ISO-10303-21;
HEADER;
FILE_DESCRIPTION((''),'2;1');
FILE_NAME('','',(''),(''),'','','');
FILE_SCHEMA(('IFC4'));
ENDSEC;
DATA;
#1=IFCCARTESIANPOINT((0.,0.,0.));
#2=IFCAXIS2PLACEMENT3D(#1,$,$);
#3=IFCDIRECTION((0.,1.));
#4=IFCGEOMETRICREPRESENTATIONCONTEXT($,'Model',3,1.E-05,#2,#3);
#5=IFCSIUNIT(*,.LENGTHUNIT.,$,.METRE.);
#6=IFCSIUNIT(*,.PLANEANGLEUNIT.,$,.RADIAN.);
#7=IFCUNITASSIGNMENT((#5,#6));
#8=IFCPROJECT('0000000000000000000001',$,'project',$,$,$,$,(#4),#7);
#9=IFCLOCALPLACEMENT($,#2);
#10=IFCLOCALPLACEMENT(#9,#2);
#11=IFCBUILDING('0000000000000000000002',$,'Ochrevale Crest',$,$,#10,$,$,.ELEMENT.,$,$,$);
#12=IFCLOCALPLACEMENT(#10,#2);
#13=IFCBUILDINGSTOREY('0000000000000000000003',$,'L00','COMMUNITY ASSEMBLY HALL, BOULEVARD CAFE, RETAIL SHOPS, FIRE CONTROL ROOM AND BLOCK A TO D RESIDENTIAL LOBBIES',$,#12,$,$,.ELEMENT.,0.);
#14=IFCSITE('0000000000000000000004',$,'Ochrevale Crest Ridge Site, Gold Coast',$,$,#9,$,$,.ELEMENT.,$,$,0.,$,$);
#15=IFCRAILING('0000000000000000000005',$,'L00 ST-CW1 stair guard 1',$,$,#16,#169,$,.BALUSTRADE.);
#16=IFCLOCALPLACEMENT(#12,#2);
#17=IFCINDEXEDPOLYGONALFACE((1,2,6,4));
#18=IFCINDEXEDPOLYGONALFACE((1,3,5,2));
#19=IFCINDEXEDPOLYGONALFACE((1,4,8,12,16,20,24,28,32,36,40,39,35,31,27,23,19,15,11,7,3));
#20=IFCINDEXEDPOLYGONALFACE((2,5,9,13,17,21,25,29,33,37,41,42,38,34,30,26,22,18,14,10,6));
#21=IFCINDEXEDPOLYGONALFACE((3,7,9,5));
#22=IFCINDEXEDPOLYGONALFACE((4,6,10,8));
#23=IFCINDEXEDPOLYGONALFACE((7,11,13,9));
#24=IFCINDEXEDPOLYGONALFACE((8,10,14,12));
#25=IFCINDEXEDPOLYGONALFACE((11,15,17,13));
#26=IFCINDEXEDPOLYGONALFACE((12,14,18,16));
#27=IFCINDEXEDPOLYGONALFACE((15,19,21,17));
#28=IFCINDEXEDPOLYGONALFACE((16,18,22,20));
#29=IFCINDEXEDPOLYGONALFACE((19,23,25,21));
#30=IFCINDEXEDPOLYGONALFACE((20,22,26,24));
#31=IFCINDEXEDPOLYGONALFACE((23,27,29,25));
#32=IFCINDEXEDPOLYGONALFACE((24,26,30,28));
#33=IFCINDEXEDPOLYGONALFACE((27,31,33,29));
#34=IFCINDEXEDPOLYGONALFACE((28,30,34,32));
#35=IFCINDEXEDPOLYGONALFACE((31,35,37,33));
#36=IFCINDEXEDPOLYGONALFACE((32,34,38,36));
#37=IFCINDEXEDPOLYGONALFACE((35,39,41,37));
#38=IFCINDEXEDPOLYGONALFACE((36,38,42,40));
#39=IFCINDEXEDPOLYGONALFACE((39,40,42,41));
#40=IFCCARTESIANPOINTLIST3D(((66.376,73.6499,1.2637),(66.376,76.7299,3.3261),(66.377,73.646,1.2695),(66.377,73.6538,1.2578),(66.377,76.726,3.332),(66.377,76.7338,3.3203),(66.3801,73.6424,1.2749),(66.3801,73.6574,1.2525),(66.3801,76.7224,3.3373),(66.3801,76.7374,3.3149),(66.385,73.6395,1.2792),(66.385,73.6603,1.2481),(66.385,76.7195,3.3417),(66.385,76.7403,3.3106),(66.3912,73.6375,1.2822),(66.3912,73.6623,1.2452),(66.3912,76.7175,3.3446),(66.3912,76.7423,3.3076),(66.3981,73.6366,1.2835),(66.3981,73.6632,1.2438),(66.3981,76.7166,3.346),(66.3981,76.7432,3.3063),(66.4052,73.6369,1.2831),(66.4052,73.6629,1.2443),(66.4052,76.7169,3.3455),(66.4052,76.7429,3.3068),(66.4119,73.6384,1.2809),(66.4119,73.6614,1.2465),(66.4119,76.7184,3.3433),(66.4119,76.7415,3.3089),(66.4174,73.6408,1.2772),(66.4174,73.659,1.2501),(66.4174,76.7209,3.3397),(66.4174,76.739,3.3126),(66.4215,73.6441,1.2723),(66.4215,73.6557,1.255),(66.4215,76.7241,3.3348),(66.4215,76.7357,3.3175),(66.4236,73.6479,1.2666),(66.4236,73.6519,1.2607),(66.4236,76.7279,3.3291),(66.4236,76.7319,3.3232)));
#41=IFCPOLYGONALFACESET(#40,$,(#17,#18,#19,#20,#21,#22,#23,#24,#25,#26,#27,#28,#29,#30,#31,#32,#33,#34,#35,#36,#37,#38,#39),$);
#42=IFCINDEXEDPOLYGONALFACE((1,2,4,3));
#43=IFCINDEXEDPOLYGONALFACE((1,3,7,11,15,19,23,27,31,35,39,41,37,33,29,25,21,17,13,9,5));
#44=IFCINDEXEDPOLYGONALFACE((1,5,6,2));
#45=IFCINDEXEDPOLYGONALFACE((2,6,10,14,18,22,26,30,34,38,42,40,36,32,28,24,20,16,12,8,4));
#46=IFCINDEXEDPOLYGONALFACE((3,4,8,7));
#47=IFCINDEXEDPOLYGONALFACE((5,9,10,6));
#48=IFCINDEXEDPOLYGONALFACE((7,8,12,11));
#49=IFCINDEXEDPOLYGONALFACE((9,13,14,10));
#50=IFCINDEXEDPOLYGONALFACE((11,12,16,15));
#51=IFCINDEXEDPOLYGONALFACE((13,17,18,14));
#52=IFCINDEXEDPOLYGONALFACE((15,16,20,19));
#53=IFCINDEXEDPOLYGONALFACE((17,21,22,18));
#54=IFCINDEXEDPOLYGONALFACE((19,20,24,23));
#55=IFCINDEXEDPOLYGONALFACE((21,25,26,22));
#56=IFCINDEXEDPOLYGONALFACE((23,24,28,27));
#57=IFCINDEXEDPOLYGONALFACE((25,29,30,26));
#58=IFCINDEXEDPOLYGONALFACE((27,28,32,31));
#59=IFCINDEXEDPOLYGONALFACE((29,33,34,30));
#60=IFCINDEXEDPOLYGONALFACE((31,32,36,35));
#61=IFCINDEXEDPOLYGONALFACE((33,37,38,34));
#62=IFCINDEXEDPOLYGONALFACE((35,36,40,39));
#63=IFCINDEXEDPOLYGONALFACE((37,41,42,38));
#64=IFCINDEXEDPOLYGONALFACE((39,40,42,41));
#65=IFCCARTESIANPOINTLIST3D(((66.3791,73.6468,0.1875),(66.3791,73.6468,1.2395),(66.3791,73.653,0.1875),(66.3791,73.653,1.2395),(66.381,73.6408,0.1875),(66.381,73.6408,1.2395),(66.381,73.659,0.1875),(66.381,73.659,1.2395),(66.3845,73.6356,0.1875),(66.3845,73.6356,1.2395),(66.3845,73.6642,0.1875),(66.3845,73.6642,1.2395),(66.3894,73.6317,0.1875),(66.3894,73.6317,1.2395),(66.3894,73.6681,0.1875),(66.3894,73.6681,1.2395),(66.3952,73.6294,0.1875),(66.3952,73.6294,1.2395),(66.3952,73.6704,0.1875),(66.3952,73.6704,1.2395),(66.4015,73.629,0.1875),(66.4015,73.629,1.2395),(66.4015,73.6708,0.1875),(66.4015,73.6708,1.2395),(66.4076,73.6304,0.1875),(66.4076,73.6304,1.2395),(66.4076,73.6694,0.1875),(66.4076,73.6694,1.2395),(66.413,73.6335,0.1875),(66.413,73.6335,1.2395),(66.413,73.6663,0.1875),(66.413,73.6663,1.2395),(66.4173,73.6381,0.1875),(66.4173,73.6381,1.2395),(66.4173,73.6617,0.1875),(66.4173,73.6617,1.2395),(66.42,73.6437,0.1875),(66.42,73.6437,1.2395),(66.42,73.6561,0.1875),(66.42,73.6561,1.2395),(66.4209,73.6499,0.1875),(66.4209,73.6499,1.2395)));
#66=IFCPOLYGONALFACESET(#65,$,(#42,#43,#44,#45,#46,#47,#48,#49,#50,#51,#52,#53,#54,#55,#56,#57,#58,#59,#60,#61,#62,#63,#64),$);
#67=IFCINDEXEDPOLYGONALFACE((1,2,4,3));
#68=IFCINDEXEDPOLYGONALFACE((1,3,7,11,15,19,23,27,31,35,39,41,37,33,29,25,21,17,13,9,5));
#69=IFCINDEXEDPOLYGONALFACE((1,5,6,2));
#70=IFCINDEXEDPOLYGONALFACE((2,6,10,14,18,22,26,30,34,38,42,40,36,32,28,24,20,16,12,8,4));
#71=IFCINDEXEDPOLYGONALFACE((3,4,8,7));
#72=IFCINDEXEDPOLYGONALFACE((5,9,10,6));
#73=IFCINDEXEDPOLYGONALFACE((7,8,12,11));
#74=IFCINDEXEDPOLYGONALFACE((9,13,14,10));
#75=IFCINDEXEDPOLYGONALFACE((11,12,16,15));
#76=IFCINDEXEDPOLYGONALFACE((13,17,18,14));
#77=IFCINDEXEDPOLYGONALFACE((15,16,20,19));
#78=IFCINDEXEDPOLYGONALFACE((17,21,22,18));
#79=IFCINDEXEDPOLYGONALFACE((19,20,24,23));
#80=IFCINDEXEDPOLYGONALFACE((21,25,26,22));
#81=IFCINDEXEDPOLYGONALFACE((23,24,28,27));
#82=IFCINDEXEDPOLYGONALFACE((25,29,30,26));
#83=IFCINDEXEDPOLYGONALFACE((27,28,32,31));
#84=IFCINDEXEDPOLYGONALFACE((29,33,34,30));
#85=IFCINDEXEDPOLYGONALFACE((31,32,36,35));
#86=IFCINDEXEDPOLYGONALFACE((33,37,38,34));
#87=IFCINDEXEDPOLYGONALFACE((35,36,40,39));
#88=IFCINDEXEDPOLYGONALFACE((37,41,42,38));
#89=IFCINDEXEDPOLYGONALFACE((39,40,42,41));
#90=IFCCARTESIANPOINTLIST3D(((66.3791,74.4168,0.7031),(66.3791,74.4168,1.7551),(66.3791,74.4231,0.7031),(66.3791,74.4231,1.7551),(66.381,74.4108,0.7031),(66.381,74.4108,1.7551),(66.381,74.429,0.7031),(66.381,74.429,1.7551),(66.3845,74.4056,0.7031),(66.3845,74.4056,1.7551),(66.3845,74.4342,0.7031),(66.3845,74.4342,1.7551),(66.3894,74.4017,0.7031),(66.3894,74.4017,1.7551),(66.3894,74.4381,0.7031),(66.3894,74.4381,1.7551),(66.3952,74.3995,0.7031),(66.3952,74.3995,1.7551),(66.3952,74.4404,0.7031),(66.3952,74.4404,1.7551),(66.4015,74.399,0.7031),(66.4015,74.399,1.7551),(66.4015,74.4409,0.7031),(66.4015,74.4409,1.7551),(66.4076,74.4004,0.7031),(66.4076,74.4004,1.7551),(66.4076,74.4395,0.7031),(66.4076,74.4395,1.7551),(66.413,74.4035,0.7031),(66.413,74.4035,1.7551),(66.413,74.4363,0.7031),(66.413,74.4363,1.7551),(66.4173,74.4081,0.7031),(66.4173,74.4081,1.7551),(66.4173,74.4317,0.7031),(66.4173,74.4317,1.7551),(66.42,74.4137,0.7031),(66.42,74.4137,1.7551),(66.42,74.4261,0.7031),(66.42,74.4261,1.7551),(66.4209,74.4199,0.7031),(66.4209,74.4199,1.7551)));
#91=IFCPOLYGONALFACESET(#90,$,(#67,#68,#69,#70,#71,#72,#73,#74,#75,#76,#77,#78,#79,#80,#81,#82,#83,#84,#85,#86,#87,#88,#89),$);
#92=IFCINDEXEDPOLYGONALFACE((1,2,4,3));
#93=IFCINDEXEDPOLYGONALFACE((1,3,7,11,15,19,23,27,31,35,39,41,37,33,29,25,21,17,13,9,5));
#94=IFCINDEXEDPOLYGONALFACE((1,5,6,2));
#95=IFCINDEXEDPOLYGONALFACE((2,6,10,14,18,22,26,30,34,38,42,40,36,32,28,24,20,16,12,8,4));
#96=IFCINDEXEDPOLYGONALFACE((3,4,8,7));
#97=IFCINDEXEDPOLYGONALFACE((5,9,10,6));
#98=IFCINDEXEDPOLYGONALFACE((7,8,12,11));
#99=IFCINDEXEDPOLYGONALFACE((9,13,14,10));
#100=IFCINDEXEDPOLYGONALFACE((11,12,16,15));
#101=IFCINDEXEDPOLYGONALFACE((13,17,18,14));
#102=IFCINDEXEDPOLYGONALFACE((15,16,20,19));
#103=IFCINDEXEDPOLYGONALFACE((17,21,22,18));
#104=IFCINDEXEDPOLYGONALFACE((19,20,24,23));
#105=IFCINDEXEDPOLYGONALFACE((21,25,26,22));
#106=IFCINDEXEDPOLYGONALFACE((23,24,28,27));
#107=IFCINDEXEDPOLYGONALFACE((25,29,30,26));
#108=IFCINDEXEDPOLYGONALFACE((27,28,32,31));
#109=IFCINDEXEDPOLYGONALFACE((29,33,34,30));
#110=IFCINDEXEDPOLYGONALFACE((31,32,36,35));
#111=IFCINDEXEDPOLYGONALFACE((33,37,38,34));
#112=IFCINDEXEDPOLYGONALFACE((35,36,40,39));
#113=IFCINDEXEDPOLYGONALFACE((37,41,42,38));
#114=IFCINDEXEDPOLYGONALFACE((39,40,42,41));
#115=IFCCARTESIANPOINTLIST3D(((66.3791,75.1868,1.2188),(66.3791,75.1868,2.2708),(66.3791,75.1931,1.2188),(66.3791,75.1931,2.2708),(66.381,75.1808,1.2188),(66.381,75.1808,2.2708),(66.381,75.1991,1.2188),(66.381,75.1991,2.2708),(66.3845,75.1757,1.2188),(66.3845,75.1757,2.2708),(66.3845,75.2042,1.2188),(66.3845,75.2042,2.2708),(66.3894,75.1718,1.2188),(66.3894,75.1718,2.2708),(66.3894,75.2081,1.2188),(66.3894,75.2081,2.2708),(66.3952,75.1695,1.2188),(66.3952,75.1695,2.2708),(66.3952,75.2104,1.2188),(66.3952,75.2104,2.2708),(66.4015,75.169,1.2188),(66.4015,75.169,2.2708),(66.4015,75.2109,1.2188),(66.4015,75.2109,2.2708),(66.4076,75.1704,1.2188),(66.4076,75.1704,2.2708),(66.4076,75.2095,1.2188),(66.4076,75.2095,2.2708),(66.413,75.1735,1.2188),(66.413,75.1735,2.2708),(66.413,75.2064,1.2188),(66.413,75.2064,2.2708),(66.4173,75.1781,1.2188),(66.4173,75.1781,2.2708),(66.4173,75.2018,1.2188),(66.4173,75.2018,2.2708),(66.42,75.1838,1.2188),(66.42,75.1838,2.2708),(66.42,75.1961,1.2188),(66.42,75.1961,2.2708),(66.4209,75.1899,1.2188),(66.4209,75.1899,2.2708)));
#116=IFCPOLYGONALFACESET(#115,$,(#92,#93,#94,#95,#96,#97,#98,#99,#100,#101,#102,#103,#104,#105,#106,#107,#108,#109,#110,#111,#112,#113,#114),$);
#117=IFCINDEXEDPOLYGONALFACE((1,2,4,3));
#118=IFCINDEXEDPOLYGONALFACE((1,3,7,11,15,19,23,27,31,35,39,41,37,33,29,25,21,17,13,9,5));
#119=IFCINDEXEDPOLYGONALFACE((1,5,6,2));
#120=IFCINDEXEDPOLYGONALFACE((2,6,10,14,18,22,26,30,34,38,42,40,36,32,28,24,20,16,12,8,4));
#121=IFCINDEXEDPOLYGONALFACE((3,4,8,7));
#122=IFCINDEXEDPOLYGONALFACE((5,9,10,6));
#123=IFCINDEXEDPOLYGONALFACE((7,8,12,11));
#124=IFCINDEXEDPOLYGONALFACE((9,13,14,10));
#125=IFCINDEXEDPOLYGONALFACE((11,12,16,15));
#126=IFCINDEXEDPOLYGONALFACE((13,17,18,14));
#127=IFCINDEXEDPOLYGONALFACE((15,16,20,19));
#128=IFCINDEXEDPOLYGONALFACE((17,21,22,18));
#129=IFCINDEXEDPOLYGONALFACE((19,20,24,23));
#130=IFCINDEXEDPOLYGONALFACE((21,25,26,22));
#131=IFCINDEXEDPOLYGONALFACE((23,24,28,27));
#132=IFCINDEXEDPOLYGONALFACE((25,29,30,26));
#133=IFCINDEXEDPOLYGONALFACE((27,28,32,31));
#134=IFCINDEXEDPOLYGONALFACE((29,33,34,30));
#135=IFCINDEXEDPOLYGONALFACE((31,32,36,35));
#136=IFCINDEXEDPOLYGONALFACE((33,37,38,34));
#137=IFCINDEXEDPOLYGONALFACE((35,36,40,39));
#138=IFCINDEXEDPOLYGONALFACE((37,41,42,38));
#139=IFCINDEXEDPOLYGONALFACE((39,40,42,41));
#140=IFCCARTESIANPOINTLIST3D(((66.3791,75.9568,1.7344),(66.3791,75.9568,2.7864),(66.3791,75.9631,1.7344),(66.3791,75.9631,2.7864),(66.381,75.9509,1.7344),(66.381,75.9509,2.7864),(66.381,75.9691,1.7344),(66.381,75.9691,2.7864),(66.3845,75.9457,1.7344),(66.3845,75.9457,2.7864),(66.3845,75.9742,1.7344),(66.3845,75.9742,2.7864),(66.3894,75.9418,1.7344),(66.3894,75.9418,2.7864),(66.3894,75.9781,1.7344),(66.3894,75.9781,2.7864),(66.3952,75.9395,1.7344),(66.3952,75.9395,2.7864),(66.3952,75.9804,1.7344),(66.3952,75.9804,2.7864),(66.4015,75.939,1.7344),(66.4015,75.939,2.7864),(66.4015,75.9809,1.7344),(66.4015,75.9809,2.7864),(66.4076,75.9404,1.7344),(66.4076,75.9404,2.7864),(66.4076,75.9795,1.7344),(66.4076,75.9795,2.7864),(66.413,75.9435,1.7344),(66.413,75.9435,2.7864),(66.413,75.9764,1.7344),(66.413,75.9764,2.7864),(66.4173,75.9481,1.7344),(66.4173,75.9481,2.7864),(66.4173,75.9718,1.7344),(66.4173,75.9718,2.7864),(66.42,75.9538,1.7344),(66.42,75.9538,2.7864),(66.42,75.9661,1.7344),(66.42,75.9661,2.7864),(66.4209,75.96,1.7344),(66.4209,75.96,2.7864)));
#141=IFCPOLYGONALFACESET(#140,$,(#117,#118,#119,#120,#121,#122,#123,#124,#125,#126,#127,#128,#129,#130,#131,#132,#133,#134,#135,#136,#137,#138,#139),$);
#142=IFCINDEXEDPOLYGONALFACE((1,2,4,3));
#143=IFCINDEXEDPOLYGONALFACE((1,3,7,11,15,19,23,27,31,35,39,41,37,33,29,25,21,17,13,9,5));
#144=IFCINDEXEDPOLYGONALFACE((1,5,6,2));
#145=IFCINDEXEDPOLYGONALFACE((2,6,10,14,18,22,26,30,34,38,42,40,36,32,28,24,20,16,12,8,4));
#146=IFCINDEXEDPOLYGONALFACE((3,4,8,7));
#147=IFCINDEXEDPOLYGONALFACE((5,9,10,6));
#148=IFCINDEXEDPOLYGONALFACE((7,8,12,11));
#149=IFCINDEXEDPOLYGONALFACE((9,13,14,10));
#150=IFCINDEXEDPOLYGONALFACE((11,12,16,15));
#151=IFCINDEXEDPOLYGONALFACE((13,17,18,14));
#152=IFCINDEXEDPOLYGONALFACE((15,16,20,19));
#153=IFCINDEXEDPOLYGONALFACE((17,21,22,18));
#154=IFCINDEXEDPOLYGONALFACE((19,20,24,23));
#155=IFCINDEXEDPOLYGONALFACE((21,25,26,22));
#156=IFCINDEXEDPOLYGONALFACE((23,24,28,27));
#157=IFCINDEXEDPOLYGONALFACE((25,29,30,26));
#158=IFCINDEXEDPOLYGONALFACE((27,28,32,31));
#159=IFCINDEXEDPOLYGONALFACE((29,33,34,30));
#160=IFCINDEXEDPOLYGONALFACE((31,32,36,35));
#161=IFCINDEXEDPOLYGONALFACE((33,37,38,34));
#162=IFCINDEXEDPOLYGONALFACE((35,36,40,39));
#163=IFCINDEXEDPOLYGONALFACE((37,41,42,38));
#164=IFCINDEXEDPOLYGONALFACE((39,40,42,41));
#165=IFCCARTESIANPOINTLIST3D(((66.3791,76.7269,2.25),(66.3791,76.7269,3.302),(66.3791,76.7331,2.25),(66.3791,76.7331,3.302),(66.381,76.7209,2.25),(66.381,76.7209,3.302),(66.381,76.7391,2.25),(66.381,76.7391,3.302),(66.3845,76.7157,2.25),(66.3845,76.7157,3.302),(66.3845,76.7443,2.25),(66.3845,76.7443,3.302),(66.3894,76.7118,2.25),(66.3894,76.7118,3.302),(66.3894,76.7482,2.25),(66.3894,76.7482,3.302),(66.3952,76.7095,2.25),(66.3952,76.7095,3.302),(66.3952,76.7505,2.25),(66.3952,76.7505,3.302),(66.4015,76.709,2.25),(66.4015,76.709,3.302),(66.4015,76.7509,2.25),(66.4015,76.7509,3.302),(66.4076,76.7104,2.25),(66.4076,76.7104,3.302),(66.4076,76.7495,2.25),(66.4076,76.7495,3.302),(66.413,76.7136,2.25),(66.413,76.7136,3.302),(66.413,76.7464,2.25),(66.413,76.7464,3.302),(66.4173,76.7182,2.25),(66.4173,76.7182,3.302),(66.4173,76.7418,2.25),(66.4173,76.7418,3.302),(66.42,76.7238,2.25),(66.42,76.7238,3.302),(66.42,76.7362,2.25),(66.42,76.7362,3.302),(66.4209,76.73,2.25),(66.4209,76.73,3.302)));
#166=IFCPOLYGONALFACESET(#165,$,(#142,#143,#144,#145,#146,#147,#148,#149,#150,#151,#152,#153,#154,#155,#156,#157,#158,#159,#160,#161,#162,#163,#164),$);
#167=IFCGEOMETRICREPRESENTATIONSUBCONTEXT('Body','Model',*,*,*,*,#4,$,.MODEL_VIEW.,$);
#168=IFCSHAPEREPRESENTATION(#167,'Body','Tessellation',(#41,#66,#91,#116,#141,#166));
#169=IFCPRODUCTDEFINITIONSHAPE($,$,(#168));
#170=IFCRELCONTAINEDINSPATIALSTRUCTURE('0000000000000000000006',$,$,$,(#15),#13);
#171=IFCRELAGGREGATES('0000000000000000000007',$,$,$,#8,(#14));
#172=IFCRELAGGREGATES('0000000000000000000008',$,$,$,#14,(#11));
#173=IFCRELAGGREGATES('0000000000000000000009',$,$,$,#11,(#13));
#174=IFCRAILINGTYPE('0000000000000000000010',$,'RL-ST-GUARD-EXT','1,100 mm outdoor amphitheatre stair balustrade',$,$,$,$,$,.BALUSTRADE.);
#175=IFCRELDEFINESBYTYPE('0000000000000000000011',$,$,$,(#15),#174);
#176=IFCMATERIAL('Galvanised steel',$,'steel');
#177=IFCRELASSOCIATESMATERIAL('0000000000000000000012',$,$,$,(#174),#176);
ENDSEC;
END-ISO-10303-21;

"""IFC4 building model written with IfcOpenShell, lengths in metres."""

from ifc_helpers import new_model, si_unit, direction, frame, origin, origin_2d, place, context, subcontext, project, spatial, circle, extrude, material, type_object, element, save


model = new_model("IFC4")

# Units and contexts
model_context = context("Model", 3, precision=1e-05, world=origin(), true_north=direction((0.0, 1.0)))
body_context = subcontext(model_context, "Body", "Model", "MODEL_VIEW")
ifc_project = project(units=[si_unit("LENGTHUNIT", "METRE"), si_unit("PLANEANGLEUNIT", "RADIAN")], contexts=[model_context])

# Site, building, storey
site_placement = place(None, origin())
site = spatial("IfcSite", under=ifc_project, at=site_placement, Name="Ochrevale Crest Ridge Site, Gold Coast", CompositionType="ELEMENT", RefElevation=0.0)
building_placement = place(site_placement, origin())
building = spatial("IfcBuilding", under=site, at=building_placement, Name="Ochrevale Crest", CompositionType="ELEMENT")
storey_placement = place(building_placement, origin())
storey = spatial("IfcBuildingStorey", under=building, at=storey_placement, Name="L00", Description="COMMUNITY ASSEMBLY HALL, BOULEVARD CAFE, RETAIL SHOPS, FIRE CONTROL ROOM AND BLOCK A TO D RESIDENTIAL LOBBIES", CompositionType="ELEMENT", Elevation=0.0)

# Railing
ifc_material_1 = material(Name="Galvanised steel", Category="steel")
railing_type_1 = type_object("IfcRailingType", Name="RL-ST-GUARD-EXT", Description="1,100 mm outdoor amphitheatre stair balustrade", PredefinedType="BALUSTRADE", material=ifc_material_1)
railing_1_placement = place(storey_placement, frame((66.3999, 73.6499, 0.1875)))
element("IfcRailing", 1, at=railing_1_placement, inside=storey, type_object=railing_type_1, Name="L00 ST-CW1 stair guard 1", PredefinedType="BALUSTRADE", context=body_context, shape_type="SweptSolid", body=[
    extrude(circle(Radius=0.0239, at=origin_2d()), frame((0.0, 0.0, 1.0762), z_axis=(0.0, 0.830914, 0.556401), x_axis=(-1.0, 0.0, 0.0)), (0.0, 0.0, 1.0), 3.7068),
    extrude(circle(Radius=0.021, at=origin_2d()), origin(), (0.0, 0.0, 1.0), 1.052),
    extrude(circle(Radius=0.021, at=origin_2d()), frame((0.0, 0.77, 0.5156)), (0.0, 0.0, 1.0), 1.052),
    extrude(circle(Radius=0.021, at=origin_2d()), frame((0.0, 1.54, 1.0312)), (0.0, 0.0, 1.0), 1.052),
    extrude(circle(Radius=0.021, at=origin_2d()), frame((0.0, 2.3101, 1.5469)), (0.0, 0.0, 1.0), 1.052),
    extrude(circle(Radius=0.021, at=origin_2d()), frame((0.0, 3.0801, 2.0625)), (0.0, 0.0, 1.0), 1.052),
])

save(model, "model.ifc")
